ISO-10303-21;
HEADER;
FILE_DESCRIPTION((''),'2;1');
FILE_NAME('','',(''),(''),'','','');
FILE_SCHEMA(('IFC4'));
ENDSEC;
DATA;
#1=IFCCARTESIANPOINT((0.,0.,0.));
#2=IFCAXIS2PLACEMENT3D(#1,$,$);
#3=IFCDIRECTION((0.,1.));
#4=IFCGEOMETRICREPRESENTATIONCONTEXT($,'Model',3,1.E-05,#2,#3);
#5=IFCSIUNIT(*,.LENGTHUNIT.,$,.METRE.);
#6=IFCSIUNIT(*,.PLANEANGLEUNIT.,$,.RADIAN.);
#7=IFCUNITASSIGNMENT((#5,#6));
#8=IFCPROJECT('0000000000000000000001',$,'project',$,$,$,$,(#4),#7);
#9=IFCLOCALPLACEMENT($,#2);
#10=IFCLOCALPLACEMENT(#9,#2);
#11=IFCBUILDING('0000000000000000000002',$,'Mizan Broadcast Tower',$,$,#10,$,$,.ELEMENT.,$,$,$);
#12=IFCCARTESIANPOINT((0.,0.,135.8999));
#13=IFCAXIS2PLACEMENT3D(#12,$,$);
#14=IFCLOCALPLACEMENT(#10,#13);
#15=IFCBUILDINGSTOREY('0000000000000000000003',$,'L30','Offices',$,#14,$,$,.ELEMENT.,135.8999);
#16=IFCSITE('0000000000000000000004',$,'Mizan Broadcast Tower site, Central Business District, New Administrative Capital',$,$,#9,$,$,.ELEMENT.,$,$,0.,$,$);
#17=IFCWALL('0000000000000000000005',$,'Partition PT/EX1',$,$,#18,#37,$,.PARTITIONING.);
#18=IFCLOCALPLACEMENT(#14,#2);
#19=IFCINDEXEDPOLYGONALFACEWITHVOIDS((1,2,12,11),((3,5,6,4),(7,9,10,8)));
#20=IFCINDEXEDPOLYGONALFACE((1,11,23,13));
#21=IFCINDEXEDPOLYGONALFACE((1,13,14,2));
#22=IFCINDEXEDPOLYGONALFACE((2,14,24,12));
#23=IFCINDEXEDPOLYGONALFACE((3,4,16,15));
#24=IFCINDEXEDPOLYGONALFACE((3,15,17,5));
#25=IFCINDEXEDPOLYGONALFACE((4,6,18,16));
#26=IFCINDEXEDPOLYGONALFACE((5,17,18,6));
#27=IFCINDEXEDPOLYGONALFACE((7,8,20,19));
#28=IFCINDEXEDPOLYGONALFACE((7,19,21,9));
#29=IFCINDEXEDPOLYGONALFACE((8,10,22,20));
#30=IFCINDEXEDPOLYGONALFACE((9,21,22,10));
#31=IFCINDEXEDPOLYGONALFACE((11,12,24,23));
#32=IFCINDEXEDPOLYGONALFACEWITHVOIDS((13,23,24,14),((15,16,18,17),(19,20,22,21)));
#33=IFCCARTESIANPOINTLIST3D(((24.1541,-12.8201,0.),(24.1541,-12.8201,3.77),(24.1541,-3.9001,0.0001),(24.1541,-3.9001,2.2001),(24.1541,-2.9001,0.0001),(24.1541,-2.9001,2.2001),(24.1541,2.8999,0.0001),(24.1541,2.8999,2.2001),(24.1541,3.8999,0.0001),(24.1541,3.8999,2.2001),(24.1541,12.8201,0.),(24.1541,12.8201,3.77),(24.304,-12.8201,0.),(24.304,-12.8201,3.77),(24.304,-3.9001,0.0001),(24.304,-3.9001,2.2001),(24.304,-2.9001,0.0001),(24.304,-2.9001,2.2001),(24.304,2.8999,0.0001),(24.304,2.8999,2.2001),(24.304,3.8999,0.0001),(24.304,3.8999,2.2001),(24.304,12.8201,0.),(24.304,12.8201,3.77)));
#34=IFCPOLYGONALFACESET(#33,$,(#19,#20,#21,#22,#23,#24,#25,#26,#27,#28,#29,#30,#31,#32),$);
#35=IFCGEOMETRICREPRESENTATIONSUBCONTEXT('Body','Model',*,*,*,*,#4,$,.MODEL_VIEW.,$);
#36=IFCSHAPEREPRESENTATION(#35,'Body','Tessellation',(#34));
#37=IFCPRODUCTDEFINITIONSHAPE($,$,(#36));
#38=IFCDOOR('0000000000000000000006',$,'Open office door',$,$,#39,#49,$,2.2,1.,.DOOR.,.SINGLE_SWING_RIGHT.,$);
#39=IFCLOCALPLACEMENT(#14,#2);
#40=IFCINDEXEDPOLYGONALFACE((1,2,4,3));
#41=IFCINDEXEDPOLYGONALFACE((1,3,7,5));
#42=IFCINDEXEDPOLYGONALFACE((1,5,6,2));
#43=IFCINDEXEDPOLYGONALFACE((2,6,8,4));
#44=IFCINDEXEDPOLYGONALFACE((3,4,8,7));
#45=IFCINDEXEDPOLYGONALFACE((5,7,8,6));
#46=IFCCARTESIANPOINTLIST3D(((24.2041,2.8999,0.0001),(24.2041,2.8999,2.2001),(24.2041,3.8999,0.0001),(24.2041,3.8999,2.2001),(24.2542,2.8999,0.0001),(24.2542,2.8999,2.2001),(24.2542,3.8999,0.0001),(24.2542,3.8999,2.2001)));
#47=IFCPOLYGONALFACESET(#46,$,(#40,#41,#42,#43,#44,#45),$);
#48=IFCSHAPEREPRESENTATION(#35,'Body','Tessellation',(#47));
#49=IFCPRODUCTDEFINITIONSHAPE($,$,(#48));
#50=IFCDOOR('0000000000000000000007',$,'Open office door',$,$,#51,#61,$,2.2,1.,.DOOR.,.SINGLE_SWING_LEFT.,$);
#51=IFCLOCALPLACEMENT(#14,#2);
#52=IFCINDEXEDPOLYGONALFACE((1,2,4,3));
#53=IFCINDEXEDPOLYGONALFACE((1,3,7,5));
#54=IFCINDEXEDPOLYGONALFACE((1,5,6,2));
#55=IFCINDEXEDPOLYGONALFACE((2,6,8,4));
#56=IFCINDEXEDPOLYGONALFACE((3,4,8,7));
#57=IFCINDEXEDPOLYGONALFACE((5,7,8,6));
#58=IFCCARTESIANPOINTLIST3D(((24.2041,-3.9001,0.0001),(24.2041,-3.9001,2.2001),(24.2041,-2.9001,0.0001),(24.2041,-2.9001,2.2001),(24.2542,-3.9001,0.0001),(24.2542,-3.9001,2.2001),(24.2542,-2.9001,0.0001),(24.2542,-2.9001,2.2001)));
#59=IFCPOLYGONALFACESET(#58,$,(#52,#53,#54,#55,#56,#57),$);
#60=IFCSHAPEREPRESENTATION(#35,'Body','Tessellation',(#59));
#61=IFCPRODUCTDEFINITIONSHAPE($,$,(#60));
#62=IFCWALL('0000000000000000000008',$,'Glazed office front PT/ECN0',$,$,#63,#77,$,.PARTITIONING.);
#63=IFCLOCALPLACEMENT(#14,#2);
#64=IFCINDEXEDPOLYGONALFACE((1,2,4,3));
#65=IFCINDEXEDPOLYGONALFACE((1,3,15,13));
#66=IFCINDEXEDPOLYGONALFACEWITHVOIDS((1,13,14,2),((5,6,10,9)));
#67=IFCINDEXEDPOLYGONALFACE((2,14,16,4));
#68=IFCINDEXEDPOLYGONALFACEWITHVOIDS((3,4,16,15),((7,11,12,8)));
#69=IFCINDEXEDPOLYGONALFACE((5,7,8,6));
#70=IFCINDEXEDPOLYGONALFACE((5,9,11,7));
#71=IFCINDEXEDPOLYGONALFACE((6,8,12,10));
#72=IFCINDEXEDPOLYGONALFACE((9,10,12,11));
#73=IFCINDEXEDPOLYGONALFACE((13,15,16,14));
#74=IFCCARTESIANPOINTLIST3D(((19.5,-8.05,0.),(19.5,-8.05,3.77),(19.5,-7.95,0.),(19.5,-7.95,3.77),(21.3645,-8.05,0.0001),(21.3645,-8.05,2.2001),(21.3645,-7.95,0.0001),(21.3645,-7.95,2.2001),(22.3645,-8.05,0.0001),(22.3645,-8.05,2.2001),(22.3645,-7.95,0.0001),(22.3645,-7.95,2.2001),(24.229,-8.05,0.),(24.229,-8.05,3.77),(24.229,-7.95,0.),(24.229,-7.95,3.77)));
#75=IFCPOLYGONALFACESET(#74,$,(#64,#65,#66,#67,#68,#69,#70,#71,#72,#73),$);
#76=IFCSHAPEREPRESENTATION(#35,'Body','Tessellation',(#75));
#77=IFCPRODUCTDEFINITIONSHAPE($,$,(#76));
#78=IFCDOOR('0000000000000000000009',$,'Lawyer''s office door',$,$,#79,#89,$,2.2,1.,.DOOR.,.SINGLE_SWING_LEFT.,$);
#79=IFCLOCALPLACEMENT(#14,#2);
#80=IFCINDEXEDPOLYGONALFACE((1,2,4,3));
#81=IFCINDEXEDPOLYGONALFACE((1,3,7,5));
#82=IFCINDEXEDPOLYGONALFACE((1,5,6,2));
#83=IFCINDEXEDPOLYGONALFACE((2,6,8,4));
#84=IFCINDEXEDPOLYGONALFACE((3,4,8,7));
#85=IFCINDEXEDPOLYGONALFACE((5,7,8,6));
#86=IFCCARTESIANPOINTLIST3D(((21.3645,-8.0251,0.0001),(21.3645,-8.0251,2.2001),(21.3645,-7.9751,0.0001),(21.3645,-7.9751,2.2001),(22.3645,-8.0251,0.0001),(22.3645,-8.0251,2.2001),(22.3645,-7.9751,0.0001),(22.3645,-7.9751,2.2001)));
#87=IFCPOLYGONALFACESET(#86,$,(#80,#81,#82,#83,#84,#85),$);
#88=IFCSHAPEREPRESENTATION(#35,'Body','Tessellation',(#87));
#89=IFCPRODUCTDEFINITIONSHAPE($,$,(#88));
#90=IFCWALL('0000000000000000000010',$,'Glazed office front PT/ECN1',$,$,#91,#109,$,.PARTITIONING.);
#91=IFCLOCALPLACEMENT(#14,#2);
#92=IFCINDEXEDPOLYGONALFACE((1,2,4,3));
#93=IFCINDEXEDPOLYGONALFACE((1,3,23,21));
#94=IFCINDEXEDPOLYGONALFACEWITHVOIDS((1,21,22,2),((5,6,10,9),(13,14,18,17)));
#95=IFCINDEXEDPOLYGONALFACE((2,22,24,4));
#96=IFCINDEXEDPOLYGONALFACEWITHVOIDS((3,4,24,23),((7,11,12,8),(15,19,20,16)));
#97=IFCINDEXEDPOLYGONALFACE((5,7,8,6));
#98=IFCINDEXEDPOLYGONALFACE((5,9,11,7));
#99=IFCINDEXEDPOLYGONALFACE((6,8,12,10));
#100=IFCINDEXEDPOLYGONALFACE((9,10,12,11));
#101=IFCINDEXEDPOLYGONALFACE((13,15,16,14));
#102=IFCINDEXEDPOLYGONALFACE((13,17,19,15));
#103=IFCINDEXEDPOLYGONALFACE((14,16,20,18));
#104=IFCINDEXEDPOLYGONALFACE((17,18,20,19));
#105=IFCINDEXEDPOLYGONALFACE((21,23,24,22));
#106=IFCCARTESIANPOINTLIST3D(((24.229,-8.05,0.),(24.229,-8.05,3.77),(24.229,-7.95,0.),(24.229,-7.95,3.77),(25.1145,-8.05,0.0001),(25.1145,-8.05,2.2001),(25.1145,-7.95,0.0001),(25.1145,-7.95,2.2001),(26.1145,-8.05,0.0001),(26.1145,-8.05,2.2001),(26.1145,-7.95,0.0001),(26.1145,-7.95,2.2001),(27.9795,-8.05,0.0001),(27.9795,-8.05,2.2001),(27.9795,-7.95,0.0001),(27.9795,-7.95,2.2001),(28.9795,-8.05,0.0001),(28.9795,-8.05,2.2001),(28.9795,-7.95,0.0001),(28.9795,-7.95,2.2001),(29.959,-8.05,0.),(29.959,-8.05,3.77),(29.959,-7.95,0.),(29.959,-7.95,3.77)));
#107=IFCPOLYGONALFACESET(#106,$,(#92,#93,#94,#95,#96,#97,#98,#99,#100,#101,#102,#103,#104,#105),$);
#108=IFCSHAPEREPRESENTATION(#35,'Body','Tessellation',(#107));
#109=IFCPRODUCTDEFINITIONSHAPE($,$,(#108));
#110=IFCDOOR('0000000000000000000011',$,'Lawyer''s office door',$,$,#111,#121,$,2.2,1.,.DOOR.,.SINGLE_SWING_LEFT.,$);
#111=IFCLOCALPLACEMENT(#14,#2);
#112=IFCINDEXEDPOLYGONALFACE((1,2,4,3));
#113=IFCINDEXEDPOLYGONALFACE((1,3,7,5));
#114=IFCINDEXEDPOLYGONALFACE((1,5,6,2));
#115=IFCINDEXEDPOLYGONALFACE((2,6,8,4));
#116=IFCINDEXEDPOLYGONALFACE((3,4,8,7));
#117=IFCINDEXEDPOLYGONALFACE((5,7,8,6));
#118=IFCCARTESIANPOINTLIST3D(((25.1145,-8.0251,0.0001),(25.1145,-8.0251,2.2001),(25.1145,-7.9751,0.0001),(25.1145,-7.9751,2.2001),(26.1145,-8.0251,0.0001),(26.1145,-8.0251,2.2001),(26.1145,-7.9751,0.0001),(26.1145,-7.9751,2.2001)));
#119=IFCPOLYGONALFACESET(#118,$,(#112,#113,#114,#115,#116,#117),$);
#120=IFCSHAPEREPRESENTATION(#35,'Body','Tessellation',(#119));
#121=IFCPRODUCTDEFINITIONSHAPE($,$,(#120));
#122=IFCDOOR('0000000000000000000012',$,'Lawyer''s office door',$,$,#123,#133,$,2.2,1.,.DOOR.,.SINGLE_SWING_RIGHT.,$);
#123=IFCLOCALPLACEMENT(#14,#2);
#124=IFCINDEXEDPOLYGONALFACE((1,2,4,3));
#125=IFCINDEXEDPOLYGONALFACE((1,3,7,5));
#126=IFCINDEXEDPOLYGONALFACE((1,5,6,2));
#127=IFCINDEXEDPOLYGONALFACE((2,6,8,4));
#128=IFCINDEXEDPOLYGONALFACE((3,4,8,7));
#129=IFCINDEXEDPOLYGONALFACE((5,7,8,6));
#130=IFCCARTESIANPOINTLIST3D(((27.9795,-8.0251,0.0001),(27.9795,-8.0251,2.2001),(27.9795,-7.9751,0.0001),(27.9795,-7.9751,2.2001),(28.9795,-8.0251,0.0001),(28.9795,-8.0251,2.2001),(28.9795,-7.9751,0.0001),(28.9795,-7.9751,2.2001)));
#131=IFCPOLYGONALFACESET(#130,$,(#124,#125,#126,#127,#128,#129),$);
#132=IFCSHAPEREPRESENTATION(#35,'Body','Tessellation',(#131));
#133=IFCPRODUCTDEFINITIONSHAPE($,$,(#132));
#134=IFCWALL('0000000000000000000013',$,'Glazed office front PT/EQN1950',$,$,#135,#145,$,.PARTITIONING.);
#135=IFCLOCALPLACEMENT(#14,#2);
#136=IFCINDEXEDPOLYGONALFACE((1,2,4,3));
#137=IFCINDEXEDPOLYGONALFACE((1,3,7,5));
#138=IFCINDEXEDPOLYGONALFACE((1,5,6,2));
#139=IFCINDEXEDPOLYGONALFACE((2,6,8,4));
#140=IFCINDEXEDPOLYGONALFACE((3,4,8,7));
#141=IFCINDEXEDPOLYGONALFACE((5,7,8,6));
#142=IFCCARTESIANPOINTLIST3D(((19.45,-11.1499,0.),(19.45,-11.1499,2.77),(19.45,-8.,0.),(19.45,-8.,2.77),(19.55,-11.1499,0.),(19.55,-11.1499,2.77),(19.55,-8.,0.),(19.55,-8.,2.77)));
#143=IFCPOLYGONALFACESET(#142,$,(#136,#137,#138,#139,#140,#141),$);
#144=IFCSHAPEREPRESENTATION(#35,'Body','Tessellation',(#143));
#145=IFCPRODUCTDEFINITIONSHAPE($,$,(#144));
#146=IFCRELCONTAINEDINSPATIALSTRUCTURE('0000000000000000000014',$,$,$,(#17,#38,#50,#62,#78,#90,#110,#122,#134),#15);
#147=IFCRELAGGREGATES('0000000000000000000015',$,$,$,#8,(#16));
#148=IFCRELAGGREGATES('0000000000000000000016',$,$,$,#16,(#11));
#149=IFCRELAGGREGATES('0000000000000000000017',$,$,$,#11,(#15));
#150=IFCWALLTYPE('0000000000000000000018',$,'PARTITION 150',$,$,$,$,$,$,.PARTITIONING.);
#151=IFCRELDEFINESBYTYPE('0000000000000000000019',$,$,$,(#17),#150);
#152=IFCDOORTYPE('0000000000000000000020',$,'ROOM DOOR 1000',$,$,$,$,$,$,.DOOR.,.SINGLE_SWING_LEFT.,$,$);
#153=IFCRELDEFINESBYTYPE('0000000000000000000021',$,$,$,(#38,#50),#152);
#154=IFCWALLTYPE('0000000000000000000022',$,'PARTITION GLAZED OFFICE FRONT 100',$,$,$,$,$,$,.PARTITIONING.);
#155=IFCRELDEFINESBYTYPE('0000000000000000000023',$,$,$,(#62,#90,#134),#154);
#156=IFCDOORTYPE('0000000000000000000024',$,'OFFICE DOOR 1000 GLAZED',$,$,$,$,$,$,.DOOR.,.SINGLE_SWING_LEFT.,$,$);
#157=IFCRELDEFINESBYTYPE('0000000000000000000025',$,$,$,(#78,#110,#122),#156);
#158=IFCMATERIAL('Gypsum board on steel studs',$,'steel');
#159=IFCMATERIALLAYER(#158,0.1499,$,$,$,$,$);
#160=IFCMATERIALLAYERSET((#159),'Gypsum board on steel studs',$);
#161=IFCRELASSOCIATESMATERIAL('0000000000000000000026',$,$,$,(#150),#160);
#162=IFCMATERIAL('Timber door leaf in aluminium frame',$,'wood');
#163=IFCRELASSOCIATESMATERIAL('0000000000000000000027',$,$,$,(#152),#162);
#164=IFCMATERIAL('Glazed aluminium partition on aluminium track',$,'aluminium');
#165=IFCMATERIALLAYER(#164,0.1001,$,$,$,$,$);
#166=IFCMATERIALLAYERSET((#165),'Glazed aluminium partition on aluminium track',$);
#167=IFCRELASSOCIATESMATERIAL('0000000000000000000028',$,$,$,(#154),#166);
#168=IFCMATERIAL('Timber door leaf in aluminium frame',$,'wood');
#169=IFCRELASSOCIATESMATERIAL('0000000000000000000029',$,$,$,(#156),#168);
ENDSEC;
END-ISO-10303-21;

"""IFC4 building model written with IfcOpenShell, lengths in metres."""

from ifc_helpers import new_model, si_unit, direction, frame, frame_2d, origin, place, context, subcontext, project, spatial, rectangle, extrude, material, layer, layer_set, type_object, element, fill, save


model = new_model("IFC4")

# Units and contexts
model_context = context("Model", 3, precision=1e-05, world=origin(), true_north=direction((0.0, 1.0)))
body_context = subcontext(model_context, "Body", "Model", "MODEL_VIEW")
ifc_project = project(units=[si_unit("LENGTHUNIT", "METRE"), si_unit("PLANEANGLEUNIT", "RADIAN")], contexts=[model_context])

# Site, building, storey
site_placement = place(None, origin())
site = spatial("IfcSite", under=ifc_project, at=site_placement, Name="Mizan Broadcast Tower site, Central Business District, New Administrative Capital", CompositionType="ELEMENT", RefElevation=0.0)
building_placement = place(site_placement, origin())
building = spatial("IfcBuilding", under=site, at=building_placement, Name="Mizan Broadcast Tower", CompositionType="ELEMENT")
storey_placement = place(building_placement, frame((0.0, 0.0, 135.8999)))
storey = spatial("IfcBuildingStorey", under=building, at=storey_placement, Name="L30", Description="Offices", CompositionType="ELEMENT", Elevation=135.8999)

# Wall, openings, doors
ifc_material_1 = material(Name="Gypsum board on steel studs", Category="steel")
ifc_layer_1 = layer(ifc_material_1, 0.1499)
ifc_layer_set_1 = layer_set([ifc_layer_1], Name="Gypsum board on steel studs")
wall_type_1 = type_object("IfcWallType", Name="PARTITION 150", PredefinedType="PARTITIONING", material=ifc_layer_set_1)
wall_1_placement = place(storey_placement, frame((24.229, -12.8201, 0.0), z_axis=(0.0, 0.0, 1.0), x_axis=(0.0, 1.0, 0.0)))
wall_1 = element("IfcWall", 1, at=wall_1_placement, inside=storey, type_object=wall_type_1, Name="Partition PT/EX1", PredefinedType="PARTITIONING", context=body_context, shape_type="SweptSolid", body=[
    extrude(rectangle(XDim=25.6401, YDim=0.1499, at=frame_2d((12.8201, 0.0))), origin(), (0.0, 0.0, 1.0), 3.77),
])
opening_1_placement = place(wall_1_placement, frame((15.72, 0.0, 0.0)))
opening_1 = element("IfcOpeningElement", 2, at=opening_1_placement, cuts=wall_1, PredefinedType="OPENING", context=body_context, shape_type="SweptSolid", body=[
    extrude(rectangle(XDim=1.0, YDim=2.2, at=frame_2d((0.5, 1.1001))), frame((0.0, 0.085, 0.0), z_axis=(0.0, -1.0, 0.0), x_axis=(1.0, 0.0, 0.0)), (0.0, 0.0, 1.0), 0.1699),
])
opening_2_placement = place(wall_1_placement, frame((8.9199, 0.0, 0.0)))
opening_2 = element("IfcOpeningElement", 3, at=opening_2_placement, cuts=wall_1, PredefinedType="OPENING", context=body_context, shape_type="SweptSolid", body=[
    extrude(rectangle(XDim=1.0, YDim=2.2, at=frame_2d((0.5, 1.1001))), frame((0.0, 0.085, 0.0), z_axis=(0.0, -1.0, 0.0), x_axis=(1.0, 0.0, 0.0)), (0.0, 0.0, 1.0), 0.1699),
])
ifc_material_2 = material(Name="Timber door leaf in aluminium frame", Category="wood")
door_type_1 = type_object("IfcDoorType", Name="ROOM DOOR 1000", OperationType="SINGLE_SWING_LEFT", PredefinedType="DOOR", material=ifc_material_2)
door_1_placement = place(opening_1_placement, origin())
door_1 = element("IfcDoor", 4, at=door_1_placement, inside=storey, type_object=door_type_1, Name="Open office door", OperationType="SINGLE_SWING_RIGHT", OverallHeight=2.2, OverallWidth=1.0, PredefinedType="DOOR", context=body_context, shape_type="SweptSolid", body=[
    extrude(rectangle(XDim=1.0, YDim=2.2, at=frame_2d((0.5, 1.1001))), frame((0.0, 0.0249, 0.0), z_axis=(0.0, -1.0, 0.0), x_axis=(1.0, 0.0, 0.0)), (0.0, 0.0, 1.0), 0.05),
])
fill(opening_1, door_1)
door_2_placement = place(opening_2_placement, origin())
door_2 = element("IfcDoor", 5, at=door_2_placement, inside=storey, type_object=door_type_1, Name="Open office door", OperationType="SINGLE_SWING_LEFT", OverallHeight=2.2, OverallWidth=1.0, PredefinedType="DOOR", context=body_context, shape_type="SweptSolid", body=[
    extrude(rectangle(XDim=1.0, YDim=2.2, at=frame_2d((0.5, 1.1001))), frame((0.0, 0.0249, 0.0), z_axis=(0.0, -1.0, 0.0), x_axis=(1.0, 0.0, 0.0)), (0.0, 0.0, 1.0), 0.05),
])
fill(opening_2, door_2)

# Wall, opening, door
ifc_material_3 = material(Name="Glazed aluminium partition on aluminium track", Category="aluminium")
ifc_layer_2 = layer(ifc_material_3, 0.1001)
ifc_layer_set_2 = layer_set([ifc_layer_2], Name="Glazed aluminium partition on aluminium track")
wall_type_2 = type_object("IfcWallType", Name="PARTITION GLAZED OFFICE FRONT 100", PredefinedType="PARTITIONING", material=ifc_layer_set_2)
wall_2_placement = place(storey_placement, frame((19.5, -8.0, 0.0), z_axis=(0.0, 0.0, 1.0), x_axis=(1.0, 0.0, 0.0)))
wall_2 = element("IfcWall", 6, at=wall_2_placement, inside=storey, type_object=wall_type_2, Name="Glazed office front PT/ECN0", PredefinedType="PARTITIONING", context=body_context, shape_type="SweptSolid", body=[
    extrude(rectangle(XDim=4.729, YDim=0.1001, at=frame_2d((2.3645, 0.0))), origin(), (0.0, 0.0, 1.0), 3.77),
])
opening_3_placement = place(wall_2_placement, frame((1.8645, 0.0, 0.0)))
opening_3 = element("IfcOpeningElement", 7, at=opening_3_placement, cuts=wall_2, PredefinedType="OPENING", context=body_context, shape_type="SweptSolid", body=[
    extrude(rectangle(XDim=1.0, YDim=2.2, at=frame_2d((0.5, 1.1001))), frame((0.0, 0.0601, 0.0), z_axis=(0.0, -1.0, 0.0), x_axis=(1.0, 0.0, 0.0)), (0.0, 0.0, 1.0), 0.1201),
])
ifc_material_4 = material(Name="Timber door leaf in aluminium frame", Category="wood")
door_type_2 = type_object("IfcDoorType", Name="OFFICE DOOR 1000 GLAZED", OperationType="SINGLE_SWING_LEFT", PredefinedType="DOOR", material=ifc_material_4)
door_3_placement = place(opening_3_placement, origin())
door_3 = element("IfcDoor", 8, at=door_3_placement, inside=storey, type_object=door_type_2, Name="Lawyer's office door", OperationType="SINGLE_SWING_LEFT", OverallHeight=2.2, OverallWidth=1.0, PredefinedType="DOOR", context=body_context, shape_type="SweptSolid", body=[
    extrude(rectangle(XDim=1.0, YDim=2.2, at=frame_2d((0.5, 1.1001))), frame((0.0, 0.0249, 0.0), z_axis=(0.0, -1.0, 0.0), x_axis=(1.0, 0.0, 0.0)), (0.0, 0.0, 1.0), 0.05),
])
fill(opening_3, door_3)

# Wall, openings, doors
wall_3_placement = place(storey_placement, frame((24.229, -8.0, 0.0), z_axis=(0.0, 0.0, 1.0), x_axis=(1.0, 0.0, 0.0)))
wall_3 = element("IfcWall", 9, at=wall_3_placement, inside=storey, type_object=wall_type_2, Name="Glazed office front PT/ECN1", PredefinedType="PARTITIONING", context=body_context, shape_type="SweptSolid", body=[
    extrude(rectangle(XDim=5.73, YDim=0.1001, at=frame_2d((2.865, 0.0))), origin(), (0.0, 0.0, 1.0), 3.77),
])
opening_4_placement = place(wall_3_placement, frame((0.8855, 0.0, 0.0)))
opening_4 = element("IfcOpeningElement", 10, at=opening_4_placement, cuts=wall_3, PredefinedType="OPENING", context=body_context, shape_type="SweptSolid", body=[
    extrude(rectangle(XDim=1.0, YDim=2.2, at=frame_2d((0.5, 1.1001))), frame((0.0, 0.0601, 0.0), z_axis=(0.0, -1.0, 0.0), x_axis=(1.0, 0.0, 0.0)), (0.0, 0.0, 1.0), 0.1201),
])
opening_5_placement = place(wall_3_placement, frame((3.7505, 0.0, 0.0)))
opening_5 = element("IfcOpeningElement", 11, at=opening_5_placement, cuts=wall_3, PredefinedType="OPENING", context=body_context, shape_type="SweptSolid", body=[
    extrude(rectangle(XDim=1.0, YDim=2.2, at=frame_2d((0.5, 1.1001))), frame((0.0, 0.0601, 0.0), z_axis=(0.0, -1.0, 0.0), x_axis=(1.0, 0.0, 0.0)), (0.0, 0.0, 1.0), 0.1201),
])
door_4_placement = place(opening_4_placement, origin())
door_4 = element("IfcDoor", 12, at=door_4_placement, inside=storey, type_object=door_type_2, Name="Lawyer's office door", OperationType="SINGLE_SWING_LEFT", OverallHeight=2.2, OverallWidth=1.0, PredefinedType="DOOR", context=body_context, shape_type="SweptSolid", body=[
    extrude(rectangle(XDim=1.0, YDim=2.2, at=frame_2d((0.5, 1.1001))), frame((0.0, 0.0249, 0.0), z_axis=(0.0, -1.0, 0.0), x_axis=(1.0, 0.0, 0.0)), (0.0, 0.0, 1.0), 0.05),
])
fill(opening_4, door_4)
door_5_placement = place(opening_5_placement, origin())
door_5 = element("IfcDoor", 13, at=door_5_placement, inside=storey, type_object=door_type_2, Name="Lawyer's office door", OperationType="SINGLE_SWING_RIGHT", OverallHeight=2.2, OverallWidth=1.0, PredefinedType="DOOR", context=body_context, shape_type="SweptSolid", body=[
    extrude(rectangle(XDim=1.0, YDim=2.2, at=frame_2d((0.5, 1.1001))), frame((0.0, 0.0249, 0.0), z_axis=(0.0, -1.0, 0.0), x_axis=(1.0, 0.0, 0.0)), (0.0, 0.0, 1.0), 0.05),
])
fill(opening_5, door_5)

# Wall
wall_4_placement = place(storey_placement, frame((19.5, -8.0, 0.0), z_axis=(0.0, 0.0, 1.0), x_axis=(0.0, -1.0, 0.0)))
element("IfcWall", 14, at=wall_4_placement, inside=storey, type_object=wall_type_2, Name="Glazed office front PT/EQN1950", PredefinedType="PARTITIONING", context=body_context, shape_type="SweptSolid", body=[
    extrude(rectangle(XDim=3.1499, YDim=0.1001, at=frame_2d((1.575, 0.0))), origin(), (0.0, 0.0, 1.0), 2.77),
])

save(model, "model.ifc")
